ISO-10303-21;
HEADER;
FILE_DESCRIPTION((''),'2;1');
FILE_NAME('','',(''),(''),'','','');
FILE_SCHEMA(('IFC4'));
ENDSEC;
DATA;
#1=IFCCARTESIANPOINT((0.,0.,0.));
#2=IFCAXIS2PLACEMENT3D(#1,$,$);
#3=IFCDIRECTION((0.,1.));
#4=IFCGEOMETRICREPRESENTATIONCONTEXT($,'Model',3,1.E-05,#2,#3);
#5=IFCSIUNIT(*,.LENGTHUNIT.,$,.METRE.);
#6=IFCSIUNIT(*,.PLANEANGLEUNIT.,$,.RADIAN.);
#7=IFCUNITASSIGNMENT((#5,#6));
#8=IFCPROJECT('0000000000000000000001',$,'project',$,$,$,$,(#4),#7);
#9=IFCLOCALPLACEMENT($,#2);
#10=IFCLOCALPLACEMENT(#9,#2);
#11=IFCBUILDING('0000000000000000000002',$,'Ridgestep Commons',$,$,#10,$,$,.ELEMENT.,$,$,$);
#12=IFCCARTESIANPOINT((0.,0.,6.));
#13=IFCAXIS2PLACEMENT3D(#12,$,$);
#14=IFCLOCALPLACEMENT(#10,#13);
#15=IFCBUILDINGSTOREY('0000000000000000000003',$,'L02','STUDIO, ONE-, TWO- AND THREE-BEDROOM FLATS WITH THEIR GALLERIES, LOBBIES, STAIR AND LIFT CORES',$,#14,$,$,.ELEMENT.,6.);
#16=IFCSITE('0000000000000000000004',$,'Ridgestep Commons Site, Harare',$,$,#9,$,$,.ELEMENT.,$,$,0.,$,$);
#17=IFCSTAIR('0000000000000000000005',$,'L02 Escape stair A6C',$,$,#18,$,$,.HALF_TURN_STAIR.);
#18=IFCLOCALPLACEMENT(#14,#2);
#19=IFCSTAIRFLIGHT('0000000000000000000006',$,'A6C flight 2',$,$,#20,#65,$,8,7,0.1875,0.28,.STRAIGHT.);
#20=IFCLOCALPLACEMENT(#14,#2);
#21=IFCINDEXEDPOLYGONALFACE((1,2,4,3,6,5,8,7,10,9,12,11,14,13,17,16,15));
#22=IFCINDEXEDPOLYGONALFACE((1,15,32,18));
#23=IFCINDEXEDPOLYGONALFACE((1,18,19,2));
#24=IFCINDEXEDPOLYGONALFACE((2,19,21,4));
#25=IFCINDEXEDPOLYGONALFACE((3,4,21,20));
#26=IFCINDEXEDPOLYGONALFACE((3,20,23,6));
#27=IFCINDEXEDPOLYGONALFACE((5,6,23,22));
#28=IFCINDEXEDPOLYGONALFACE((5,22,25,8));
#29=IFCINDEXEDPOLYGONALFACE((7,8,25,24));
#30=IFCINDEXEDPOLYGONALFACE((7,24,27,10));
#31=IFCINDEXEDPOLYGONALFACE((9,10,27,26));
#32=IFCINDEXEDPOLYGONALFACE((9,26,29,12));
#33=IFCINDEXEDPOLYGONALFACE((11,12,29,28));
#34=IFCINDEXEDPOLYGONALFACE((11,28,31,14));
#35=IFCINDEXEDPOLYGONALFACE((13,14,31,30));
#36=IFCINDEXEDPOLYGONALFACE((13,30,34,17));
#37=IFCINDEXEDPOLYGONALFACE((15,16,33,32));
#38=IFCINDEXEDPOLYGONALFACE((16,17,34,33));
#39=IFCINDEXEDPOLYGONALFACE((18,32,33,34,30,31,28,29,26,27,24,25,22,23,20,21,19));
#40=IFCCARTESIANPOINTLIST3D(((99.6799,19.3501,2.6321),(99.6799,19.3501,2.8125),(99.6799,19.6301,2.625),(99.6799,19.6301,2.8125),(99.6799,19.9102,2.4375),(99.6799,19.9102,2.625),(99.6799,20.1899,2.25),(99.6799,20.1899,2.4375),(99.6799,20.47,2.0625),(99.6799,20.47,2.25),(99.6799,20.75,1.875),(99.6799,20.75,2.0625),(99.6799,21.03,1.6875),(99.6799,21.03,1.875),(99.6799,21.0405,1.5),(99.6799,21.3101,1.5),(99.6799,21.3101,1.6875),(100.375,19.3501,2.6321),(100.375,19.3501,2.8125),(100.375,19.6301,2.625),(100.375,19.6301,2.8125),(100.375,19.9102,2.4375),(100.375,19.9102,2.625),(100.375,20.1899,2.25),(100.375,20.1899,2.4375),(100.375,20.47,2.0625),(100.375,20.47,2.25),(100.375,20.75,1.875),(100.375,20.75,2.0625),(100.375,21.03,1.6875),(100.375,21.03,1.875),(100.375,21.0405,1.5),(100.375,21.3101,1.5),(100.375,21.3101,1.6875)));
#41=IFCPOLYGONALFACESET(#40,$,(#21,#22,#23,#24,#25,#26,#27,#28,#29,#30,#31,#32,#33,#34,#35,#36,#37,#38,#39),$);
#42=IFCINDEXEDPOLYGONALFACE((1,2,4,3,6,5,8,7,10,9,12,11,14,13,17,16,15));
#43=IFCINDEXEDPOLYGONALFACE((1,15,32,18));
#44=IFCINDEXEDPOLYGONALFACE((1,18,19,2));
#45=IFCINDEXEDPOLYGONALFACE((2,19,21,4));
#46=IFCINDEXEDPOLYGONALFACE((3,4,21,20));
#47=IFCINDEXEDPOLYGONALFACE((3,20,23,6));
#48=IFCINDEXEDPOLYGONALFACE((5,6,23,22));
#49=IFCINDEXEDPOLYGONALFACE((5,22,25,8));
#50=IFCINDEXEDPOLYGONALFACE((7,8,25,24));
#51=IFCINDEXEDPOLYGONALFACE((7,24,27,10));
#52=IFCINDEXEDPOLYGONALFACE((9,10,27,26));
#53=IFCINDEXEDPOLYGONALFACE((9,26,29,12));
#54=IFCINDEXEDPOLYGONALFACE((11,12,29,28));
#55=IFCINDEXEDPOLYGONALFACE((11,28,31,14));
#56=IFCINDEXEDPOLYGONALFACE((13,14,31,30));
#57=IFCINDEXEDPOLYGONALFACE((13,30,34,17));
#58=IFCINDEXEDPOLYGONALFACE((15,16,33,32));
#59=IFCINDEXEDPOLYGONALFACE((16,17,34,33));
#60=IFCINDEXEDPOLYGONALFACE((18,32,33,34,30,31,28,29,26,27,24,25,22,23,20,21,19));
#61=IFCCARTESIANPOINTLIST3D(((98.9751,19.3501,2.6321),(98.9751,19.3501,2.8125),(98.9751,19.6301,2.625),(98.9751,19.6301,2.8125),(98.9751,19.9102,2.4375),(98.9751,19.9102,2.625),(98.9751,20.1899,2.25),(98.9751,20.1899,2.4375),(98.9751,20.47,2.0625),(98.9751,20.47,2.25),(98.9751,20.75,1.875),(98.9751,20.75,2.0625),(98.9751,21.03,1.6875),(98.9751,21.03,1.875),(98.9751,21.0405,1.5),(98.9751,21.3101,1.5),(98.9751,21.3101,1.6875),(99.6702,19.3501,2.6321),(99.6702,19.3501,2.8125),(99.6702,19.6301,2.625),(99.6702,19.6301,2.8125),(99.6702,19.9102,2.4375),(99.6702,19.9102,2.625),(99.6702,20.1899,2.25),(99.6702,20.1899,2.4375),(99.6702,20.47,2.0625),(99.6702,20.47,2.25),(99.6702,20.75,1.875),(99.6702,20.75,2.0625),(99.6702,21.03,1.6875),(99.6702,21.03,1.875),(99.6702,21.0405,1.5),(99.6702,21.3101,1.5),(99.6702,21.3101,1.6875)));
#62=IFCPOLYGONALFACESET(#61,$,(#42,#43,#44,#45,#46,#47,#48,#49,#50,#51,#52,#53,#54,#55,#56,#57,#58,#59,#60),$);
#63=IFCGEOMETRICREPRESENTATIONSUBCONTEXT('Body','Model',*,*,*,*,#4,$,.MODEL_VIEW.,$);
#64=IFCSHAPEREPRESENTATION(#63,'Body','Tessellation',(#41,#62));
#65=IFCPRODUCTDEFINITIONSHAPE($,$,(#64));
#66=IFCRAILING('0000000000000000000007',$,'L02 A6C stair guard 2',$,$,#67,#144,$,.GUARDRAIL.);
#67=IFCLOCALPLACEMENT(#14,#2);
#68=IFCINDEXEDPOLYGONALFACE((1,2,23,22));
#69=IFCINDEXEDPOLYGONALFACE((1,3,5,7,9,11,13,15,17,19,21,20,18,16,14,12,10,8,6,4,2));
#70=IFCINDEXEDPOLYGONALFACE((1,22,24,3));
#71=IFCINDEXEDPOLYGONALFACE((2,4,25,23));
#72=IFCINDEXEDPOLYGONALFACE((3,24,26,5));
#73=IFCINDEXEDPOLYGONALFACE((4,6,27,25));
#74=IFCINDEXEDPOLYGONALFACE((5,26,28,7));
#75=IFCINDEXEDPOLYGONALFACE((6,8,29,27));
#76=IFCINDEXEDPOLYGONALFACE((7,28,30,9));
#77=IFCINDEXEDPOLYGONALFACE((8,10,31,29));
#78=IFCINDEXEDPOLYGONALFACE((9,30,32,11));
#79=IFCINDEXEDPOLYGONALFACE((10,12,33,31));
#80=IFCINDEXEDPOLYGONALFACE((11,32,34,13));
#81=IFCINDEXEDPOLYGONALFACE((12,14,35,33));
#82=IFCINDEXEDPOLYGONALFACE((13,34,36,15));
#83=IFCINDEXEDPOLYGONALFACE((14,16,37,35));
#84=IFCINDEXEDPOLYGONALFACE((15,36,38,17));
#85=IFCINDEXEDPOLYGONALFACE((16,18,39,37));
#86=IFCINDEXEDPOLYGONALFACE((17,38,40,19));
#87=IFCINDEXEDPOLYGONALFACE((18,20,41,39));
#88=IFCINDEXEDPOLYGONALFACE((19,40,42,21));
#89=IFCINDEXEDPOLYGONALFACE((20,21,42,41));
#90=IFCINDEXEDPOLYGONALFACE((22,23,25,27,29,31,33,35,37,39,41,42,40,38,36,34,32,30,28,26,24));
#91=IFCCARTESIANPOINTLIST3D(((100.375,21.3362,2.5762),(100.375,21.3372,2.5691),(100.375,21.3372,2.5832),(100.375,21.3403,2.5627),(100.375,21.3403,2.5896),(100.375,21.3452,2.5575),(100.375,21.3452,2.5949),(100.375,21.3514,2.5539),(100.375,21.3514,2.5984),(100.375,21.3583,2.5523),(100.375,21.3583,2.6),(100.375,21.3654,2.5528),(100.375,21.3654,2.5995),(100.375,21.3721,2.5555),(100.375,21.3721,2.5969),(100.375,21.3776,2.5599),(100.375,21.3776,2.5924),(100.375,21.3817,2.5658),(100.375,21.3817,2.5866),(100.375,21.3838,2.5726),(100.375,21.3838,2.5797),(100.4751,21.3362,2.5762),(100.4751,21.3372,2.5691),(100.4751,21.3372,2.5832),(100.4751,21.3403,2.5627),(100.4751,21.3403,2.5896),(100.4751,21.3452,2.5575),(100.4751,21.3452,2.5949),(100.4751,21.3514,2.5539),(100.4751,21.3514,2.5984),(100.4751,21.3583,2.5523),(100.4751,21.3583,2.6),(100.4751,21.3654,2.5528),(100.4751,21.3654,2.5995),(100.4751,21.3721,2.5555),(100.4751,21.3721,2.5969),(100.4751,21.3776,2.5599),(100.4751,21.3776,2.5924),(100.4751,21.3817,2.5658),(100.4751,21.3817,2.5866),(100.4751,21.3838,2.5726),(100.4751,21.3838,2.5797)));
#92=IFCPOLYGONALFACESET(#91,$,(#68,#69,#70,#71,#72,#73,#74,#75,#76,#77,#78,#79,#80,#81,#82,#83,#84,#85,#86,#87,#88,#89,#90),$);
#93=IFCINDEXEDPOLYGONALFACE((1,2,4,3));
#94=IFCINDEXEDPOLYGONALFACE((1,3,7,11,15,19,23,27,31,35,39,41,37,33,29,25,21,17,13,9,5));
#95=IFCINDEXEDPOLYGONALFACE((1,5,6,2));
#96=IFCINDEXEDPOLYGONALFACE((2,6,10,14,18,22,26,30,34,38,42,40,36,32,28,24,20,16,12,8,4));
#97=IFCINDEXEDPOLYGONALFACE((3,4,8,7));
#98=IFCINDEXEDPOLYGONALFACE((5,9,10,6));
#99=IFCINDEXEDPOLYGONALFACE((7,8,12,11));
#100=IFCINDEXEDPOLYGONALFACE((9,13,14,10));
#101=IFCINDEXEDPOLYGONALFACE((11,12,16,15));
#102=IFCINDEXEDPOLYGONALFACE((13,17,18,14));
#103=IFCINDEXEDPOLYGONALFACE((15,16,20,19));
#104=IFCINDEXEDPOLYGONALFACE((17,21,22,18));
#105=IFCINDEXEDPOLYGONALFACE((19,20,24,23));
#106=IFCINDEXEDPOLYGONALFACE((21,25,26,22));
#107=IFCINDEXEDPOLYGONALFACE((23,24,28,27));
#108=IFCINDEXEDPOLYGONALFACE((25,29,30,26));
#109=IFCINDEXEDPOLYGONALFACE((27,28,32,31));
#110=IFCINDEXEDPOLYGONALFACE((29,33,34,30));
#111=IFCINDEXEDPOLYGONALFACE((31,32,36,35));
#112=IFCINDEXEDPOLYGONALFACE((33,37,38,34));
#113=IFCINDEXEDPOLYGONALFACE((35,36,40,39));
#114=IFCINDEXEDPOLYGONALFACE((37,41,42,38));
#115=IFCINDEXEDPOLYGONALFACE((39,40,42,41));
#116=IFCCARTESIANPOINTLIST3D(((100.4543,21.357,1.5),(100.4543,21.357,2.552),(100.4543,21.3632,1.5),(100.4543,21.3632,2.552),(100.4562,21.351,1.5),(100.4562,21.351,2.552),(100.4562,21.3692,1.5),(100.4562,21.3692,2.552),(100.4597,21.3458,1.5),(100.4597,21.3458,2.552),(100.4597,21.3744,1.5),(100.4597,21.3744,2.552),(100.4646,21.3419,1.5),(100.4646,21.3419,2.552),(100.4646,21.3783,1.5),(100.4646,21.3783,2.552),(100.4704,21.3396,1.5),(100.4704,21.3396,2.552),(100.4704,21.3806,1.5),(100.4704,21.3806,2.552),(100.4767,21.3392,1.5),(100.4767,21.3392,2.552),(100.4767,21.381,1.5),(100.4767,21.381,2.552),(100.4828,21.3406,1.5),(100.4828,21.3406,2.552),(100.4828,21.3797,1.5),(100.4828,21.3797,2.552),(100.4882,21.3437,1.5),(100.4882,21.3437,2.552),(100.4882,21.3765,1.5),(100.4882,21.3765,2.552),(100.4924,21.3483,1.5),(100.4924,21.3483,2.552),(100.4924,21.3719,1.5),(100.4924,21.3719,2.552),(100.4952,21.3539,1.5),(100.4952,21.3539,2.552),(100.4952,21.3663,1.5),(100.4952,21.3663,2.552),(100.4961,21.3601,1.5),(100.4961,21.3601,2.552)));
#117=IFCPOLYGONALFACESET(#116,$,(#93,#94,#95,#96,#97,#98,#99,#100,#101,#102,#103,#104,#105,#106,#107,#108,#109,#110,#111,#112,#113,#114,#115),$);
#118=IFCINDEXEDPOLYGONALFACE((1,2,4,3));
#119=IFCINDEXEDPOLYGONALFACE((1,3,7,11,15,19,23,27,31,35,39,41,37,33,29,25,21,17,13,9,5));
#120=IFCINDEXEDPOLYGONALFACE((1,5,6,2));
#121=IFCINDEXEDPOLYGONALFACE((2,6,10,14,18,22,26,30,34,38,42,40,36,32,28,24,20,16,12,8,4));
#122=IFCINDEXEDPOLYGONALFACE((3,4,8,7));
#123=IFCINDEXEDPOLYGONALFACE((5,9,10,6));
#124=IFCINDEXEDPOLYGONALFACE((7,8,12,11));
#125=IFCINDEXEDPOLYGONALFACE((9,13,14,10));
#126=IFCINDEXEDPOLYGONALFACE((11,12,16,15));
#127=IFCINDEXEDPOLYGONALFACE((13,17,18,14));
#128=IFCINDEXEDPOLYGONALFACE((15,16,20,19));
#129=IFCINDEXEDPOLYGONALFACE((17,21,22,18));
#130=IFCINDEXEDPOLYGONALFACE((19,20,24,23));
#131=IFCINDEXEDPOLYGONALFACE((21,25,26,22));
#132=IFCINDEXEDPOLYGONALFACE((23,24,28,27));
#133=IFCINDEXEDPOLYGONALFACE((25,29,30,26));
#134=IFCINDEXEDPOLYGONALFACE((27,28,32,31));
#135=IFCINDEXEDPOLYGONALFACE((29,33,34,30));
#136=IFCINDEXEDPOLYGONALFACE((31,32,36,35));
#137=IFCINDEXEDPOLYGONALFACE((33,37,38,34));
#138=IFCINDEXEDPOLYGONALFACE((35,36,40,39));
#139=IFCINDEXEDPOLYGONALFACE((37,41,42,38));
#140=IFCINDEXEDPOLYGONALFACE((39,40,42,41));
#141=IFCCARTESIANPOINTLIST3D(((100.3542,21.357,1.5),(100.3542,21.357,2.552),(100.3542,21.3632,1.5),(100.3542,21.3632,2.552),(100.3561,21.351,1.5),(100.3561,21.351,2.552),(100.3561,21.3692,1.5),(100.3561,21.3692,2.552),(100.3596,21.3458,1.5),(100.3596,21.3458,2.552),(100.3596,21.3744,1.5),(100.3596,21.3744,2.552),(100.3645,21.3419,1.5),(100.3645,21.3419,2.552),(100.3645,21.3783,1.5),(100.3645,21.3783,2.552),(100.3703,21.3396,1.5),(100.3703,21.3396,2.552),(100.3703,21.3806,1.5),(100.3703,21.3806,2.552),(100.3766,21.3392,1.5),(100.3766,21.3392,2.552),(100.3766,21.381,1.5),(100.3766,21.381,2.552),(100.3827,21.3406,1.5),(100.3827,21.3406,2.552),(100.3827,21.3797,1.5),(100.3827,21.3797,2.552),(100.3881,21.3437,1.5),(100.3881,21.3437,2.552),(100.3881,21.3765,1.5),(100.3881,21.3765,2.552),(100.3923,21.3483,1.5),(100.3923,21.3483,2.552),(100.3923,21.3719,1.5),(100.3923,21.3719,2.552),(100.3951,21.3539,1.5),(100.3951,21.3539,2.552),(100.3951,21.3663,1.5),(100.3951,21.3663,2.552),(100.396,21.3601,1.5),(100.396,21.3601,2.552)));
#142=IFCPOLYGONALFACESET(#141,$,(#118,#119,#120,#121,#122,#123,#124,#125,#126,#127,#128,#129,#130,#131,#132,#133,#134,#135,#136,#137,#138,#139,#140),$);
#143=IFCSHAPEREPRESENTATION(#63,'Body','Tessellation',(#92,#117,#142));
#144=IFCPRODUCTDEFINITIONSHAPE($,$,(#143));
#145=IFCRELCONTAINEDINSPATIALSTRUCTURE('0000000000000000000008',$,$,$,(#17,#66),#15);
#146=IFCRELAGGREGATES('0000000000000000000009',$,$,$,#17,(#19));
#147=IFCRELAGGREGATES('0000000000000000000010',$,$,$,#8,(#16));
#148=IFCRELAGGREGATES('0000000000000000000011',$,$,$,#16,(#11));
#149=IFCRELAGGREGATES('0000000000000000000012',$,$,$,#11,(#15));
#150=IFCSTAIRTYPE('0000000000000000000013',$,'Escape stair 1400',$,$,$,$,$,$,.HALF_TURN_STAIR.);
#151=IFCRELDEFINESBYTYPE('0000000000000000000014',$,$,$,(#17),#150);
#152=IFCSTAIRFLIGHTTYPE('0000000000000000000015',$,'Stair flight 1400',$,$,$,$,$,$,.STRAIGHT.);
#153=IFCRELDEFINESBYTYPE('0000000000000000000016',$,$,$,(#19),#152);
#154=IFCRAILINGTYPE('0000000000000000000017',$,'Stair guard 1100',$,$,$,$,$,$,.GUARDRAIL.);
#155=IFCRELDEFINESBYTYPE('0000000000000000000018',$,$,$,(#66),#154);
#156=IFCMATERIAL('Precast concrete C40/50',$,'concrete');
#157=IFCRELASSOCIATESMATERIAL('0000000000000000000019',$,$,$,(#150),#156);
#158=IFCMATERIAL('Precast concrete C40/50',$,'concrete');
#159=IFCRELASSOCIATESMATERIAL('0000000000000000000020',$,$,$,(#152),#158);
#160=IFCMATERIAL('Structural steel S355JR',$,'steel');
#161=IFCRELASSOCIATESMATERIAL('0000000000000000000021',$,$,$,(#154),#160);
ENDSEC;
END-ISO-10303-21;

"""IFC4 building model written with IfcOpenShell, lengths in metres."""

from ifc_helpers import new_model, si_unit, direction, frame, origin, origin_2d, place, context, subcontext, project, spatial, polyline, circle, outline, extrude, material, type_object, element, aggregate, save


model = new_model("IFC4")

# Units and contexts
model_context = context("Model", 3, precision=1e-05, world=origin(), true_north=direction((0.0, 1.0)))
body_context = subcontext(model_context, "Body", "Model", "MODEL_VIEW")
ifc_project = project(units=[si_unit("LENGTHUNIT", "METRE"), si_unit("PLANEANGLEUNIT", "RADIAN")], contexts=[model_context])

# Site, building, storey
site_placement = place(None, origin())
site = spatial("IfcSite", under=ifc_project, at=site_placement, Name="Ridgestep Commons Site, Harare", CompositionType="ELEMENT", RefElevation=0.0)
building_placement = place(site_placement, origin())
building = spatial("IfcBuilding", under=site, at=building_placement, Name="Ridgestep Commons", CompositionType="ELEMENT")
storey_placement = place(building_placement, frame((0.0, 0.0, 6.0)))
storey = spatial("IfcBuildingStorey", under=building, at=storey_placement, Name="L02", Description="STUDIO, ONE-, TWO- AND THREE-BEDROOM FLATS WITH THEIR GALLERIES, LOBBIES, STAIR AND LIFT CORES", CompositionType="ELEMENT", Elevation=6.0)

# Stair, stair flight
ifc_material_1 = material(Name="Precast concrete C40/50", Category="concrete")
stair_type = type_object("IfcStairType", Name="Escape stair 1400", PredefinedType="HALF_TURN_STAIR", material=ifc_material_1)
stair_placement = place(storey_placement, origin())
stair = element("IfcStair", 1, at=stair_placement, inside=storey, type_object=stair_type, Name="L02 Escape stair A6C", PredefinedType="HALF_TURN_STAIR")
ifc_material_2 = material(Name="Precast concrete C40/50", Category="concrete")
stair_flight_type = type_object("IfcStairFlightType", Name="Stair flight 1400", PredefinedType="STRAIGHT", material=ifc_material_2)
stair_flight_placement = place(storey_placement, frame((99.675, 21.3101, 1.5), z_axis=(0.0, 0.0, 1.0), x_axis=(0.0, -1.0, 0.0)))
stair_flight = element("IfcStairFlight", 2, at=stair_flight_placement, type_object=stair_flight_type, Name="A6C flight 2", NumberOfRisers=8, NumberOfTreads=7, PredefinedType="STRAIGHT", RiserHeight=0.1875, TreadLength=0.28, context=body_context, shape_type="SweptSolid", body=[
    extrude(outline(polyline([(0.0, 0.0), (0.0, 0.1875), (0.28, 0.1875), (0.28, 0.375), (0.5601, 0.375), (0.5601, 0.5625), (0.8401, 0.5625), (0.8401, 0.75), (1.1201, 0.75), (1.1201, 0.9375), (1.3999, 0.9375), (1.3999, 1.125), (1.6799, 1.125), (1.6799, 1.3125), (1.96, 1.3125), (1.96, 1.5), (1.96, 1.1321), (0.2695, 0.0), (0.0, 0.0)])), frame((0.0, 0.7, 0.0), z_axis=(0.0, -1.0, 0.0), x_axis=(1.0, 0.0, 0.0)), (0.0, 0.0, 1.0), 0.6951),
    extrude(outline(polyline([(0.0, 0.0), (0.0, 0.1875), (0.28, 0.1875), (0.28, 0.375), (0.5601, 0.375), (0.5601, 0.5625), (0.8401, 0.5625), (0.8401, 0.75), (1.1201, 0.75), (1.1201, 0.9375), (1.3999, 0.9375), (1.3999, 1.125), (1.6799, 1.125), (1.6799, 1.3125), (1.96, 1.3125), (1.96, 1.5), (1.96, 1.1321), (0.2695, 0.0), (0.0, 0.0)])), frame((0.0, -0.0049, 0.0), z_axis=(0.0, -1.0, 0.0), x_axis=(1.0, 0.0, 0.0)), (0.0, 0.0, 1.0), 0.6951),
])
aggregate(stair, [stair_flight])

# Railing
ifc_material_3 = material(Name="Structural steel S355JR", Category="steel")
railing_type_1 = type_object("IfcRailingType", Name="Stair guard 1100", PredefinedType="GUARDRAIL", material=ifc_material_3)
railing_1_placement = place(storey_placement, frame((100.4751, 21.3601, 1.5)))
element("IfcRailing", 3, at=railing_1_placement, inside=storey, type_object=railing_type_1, Name="L02 A6C stair guard 2", PredefinedType="GUARDRAIL", context=body_context, shape_type="SweptSolid", body=[
    extrude(circle(Radius=0.0239, at=origin_2d()), frame((0.0, 0.0, 1.0762), z_axis=(-1.0, 0.0, 0.0), x_axis=(0.0, -1.0, 0.0)), (0.0, 0.0, 1.0), 0.1001),
    extrude(circle(Radius=0.021, at=origin_2d()), origin(), (0.0, 0.0, 1.0), 1.052),
    extrude(circle(Radius=0.021, at=origin_2d()), frame((-0.1001, 0.0, 0.0)), (0.0, 0.0, 1.0), 1.052),
])

save(model, "model.ifc")
